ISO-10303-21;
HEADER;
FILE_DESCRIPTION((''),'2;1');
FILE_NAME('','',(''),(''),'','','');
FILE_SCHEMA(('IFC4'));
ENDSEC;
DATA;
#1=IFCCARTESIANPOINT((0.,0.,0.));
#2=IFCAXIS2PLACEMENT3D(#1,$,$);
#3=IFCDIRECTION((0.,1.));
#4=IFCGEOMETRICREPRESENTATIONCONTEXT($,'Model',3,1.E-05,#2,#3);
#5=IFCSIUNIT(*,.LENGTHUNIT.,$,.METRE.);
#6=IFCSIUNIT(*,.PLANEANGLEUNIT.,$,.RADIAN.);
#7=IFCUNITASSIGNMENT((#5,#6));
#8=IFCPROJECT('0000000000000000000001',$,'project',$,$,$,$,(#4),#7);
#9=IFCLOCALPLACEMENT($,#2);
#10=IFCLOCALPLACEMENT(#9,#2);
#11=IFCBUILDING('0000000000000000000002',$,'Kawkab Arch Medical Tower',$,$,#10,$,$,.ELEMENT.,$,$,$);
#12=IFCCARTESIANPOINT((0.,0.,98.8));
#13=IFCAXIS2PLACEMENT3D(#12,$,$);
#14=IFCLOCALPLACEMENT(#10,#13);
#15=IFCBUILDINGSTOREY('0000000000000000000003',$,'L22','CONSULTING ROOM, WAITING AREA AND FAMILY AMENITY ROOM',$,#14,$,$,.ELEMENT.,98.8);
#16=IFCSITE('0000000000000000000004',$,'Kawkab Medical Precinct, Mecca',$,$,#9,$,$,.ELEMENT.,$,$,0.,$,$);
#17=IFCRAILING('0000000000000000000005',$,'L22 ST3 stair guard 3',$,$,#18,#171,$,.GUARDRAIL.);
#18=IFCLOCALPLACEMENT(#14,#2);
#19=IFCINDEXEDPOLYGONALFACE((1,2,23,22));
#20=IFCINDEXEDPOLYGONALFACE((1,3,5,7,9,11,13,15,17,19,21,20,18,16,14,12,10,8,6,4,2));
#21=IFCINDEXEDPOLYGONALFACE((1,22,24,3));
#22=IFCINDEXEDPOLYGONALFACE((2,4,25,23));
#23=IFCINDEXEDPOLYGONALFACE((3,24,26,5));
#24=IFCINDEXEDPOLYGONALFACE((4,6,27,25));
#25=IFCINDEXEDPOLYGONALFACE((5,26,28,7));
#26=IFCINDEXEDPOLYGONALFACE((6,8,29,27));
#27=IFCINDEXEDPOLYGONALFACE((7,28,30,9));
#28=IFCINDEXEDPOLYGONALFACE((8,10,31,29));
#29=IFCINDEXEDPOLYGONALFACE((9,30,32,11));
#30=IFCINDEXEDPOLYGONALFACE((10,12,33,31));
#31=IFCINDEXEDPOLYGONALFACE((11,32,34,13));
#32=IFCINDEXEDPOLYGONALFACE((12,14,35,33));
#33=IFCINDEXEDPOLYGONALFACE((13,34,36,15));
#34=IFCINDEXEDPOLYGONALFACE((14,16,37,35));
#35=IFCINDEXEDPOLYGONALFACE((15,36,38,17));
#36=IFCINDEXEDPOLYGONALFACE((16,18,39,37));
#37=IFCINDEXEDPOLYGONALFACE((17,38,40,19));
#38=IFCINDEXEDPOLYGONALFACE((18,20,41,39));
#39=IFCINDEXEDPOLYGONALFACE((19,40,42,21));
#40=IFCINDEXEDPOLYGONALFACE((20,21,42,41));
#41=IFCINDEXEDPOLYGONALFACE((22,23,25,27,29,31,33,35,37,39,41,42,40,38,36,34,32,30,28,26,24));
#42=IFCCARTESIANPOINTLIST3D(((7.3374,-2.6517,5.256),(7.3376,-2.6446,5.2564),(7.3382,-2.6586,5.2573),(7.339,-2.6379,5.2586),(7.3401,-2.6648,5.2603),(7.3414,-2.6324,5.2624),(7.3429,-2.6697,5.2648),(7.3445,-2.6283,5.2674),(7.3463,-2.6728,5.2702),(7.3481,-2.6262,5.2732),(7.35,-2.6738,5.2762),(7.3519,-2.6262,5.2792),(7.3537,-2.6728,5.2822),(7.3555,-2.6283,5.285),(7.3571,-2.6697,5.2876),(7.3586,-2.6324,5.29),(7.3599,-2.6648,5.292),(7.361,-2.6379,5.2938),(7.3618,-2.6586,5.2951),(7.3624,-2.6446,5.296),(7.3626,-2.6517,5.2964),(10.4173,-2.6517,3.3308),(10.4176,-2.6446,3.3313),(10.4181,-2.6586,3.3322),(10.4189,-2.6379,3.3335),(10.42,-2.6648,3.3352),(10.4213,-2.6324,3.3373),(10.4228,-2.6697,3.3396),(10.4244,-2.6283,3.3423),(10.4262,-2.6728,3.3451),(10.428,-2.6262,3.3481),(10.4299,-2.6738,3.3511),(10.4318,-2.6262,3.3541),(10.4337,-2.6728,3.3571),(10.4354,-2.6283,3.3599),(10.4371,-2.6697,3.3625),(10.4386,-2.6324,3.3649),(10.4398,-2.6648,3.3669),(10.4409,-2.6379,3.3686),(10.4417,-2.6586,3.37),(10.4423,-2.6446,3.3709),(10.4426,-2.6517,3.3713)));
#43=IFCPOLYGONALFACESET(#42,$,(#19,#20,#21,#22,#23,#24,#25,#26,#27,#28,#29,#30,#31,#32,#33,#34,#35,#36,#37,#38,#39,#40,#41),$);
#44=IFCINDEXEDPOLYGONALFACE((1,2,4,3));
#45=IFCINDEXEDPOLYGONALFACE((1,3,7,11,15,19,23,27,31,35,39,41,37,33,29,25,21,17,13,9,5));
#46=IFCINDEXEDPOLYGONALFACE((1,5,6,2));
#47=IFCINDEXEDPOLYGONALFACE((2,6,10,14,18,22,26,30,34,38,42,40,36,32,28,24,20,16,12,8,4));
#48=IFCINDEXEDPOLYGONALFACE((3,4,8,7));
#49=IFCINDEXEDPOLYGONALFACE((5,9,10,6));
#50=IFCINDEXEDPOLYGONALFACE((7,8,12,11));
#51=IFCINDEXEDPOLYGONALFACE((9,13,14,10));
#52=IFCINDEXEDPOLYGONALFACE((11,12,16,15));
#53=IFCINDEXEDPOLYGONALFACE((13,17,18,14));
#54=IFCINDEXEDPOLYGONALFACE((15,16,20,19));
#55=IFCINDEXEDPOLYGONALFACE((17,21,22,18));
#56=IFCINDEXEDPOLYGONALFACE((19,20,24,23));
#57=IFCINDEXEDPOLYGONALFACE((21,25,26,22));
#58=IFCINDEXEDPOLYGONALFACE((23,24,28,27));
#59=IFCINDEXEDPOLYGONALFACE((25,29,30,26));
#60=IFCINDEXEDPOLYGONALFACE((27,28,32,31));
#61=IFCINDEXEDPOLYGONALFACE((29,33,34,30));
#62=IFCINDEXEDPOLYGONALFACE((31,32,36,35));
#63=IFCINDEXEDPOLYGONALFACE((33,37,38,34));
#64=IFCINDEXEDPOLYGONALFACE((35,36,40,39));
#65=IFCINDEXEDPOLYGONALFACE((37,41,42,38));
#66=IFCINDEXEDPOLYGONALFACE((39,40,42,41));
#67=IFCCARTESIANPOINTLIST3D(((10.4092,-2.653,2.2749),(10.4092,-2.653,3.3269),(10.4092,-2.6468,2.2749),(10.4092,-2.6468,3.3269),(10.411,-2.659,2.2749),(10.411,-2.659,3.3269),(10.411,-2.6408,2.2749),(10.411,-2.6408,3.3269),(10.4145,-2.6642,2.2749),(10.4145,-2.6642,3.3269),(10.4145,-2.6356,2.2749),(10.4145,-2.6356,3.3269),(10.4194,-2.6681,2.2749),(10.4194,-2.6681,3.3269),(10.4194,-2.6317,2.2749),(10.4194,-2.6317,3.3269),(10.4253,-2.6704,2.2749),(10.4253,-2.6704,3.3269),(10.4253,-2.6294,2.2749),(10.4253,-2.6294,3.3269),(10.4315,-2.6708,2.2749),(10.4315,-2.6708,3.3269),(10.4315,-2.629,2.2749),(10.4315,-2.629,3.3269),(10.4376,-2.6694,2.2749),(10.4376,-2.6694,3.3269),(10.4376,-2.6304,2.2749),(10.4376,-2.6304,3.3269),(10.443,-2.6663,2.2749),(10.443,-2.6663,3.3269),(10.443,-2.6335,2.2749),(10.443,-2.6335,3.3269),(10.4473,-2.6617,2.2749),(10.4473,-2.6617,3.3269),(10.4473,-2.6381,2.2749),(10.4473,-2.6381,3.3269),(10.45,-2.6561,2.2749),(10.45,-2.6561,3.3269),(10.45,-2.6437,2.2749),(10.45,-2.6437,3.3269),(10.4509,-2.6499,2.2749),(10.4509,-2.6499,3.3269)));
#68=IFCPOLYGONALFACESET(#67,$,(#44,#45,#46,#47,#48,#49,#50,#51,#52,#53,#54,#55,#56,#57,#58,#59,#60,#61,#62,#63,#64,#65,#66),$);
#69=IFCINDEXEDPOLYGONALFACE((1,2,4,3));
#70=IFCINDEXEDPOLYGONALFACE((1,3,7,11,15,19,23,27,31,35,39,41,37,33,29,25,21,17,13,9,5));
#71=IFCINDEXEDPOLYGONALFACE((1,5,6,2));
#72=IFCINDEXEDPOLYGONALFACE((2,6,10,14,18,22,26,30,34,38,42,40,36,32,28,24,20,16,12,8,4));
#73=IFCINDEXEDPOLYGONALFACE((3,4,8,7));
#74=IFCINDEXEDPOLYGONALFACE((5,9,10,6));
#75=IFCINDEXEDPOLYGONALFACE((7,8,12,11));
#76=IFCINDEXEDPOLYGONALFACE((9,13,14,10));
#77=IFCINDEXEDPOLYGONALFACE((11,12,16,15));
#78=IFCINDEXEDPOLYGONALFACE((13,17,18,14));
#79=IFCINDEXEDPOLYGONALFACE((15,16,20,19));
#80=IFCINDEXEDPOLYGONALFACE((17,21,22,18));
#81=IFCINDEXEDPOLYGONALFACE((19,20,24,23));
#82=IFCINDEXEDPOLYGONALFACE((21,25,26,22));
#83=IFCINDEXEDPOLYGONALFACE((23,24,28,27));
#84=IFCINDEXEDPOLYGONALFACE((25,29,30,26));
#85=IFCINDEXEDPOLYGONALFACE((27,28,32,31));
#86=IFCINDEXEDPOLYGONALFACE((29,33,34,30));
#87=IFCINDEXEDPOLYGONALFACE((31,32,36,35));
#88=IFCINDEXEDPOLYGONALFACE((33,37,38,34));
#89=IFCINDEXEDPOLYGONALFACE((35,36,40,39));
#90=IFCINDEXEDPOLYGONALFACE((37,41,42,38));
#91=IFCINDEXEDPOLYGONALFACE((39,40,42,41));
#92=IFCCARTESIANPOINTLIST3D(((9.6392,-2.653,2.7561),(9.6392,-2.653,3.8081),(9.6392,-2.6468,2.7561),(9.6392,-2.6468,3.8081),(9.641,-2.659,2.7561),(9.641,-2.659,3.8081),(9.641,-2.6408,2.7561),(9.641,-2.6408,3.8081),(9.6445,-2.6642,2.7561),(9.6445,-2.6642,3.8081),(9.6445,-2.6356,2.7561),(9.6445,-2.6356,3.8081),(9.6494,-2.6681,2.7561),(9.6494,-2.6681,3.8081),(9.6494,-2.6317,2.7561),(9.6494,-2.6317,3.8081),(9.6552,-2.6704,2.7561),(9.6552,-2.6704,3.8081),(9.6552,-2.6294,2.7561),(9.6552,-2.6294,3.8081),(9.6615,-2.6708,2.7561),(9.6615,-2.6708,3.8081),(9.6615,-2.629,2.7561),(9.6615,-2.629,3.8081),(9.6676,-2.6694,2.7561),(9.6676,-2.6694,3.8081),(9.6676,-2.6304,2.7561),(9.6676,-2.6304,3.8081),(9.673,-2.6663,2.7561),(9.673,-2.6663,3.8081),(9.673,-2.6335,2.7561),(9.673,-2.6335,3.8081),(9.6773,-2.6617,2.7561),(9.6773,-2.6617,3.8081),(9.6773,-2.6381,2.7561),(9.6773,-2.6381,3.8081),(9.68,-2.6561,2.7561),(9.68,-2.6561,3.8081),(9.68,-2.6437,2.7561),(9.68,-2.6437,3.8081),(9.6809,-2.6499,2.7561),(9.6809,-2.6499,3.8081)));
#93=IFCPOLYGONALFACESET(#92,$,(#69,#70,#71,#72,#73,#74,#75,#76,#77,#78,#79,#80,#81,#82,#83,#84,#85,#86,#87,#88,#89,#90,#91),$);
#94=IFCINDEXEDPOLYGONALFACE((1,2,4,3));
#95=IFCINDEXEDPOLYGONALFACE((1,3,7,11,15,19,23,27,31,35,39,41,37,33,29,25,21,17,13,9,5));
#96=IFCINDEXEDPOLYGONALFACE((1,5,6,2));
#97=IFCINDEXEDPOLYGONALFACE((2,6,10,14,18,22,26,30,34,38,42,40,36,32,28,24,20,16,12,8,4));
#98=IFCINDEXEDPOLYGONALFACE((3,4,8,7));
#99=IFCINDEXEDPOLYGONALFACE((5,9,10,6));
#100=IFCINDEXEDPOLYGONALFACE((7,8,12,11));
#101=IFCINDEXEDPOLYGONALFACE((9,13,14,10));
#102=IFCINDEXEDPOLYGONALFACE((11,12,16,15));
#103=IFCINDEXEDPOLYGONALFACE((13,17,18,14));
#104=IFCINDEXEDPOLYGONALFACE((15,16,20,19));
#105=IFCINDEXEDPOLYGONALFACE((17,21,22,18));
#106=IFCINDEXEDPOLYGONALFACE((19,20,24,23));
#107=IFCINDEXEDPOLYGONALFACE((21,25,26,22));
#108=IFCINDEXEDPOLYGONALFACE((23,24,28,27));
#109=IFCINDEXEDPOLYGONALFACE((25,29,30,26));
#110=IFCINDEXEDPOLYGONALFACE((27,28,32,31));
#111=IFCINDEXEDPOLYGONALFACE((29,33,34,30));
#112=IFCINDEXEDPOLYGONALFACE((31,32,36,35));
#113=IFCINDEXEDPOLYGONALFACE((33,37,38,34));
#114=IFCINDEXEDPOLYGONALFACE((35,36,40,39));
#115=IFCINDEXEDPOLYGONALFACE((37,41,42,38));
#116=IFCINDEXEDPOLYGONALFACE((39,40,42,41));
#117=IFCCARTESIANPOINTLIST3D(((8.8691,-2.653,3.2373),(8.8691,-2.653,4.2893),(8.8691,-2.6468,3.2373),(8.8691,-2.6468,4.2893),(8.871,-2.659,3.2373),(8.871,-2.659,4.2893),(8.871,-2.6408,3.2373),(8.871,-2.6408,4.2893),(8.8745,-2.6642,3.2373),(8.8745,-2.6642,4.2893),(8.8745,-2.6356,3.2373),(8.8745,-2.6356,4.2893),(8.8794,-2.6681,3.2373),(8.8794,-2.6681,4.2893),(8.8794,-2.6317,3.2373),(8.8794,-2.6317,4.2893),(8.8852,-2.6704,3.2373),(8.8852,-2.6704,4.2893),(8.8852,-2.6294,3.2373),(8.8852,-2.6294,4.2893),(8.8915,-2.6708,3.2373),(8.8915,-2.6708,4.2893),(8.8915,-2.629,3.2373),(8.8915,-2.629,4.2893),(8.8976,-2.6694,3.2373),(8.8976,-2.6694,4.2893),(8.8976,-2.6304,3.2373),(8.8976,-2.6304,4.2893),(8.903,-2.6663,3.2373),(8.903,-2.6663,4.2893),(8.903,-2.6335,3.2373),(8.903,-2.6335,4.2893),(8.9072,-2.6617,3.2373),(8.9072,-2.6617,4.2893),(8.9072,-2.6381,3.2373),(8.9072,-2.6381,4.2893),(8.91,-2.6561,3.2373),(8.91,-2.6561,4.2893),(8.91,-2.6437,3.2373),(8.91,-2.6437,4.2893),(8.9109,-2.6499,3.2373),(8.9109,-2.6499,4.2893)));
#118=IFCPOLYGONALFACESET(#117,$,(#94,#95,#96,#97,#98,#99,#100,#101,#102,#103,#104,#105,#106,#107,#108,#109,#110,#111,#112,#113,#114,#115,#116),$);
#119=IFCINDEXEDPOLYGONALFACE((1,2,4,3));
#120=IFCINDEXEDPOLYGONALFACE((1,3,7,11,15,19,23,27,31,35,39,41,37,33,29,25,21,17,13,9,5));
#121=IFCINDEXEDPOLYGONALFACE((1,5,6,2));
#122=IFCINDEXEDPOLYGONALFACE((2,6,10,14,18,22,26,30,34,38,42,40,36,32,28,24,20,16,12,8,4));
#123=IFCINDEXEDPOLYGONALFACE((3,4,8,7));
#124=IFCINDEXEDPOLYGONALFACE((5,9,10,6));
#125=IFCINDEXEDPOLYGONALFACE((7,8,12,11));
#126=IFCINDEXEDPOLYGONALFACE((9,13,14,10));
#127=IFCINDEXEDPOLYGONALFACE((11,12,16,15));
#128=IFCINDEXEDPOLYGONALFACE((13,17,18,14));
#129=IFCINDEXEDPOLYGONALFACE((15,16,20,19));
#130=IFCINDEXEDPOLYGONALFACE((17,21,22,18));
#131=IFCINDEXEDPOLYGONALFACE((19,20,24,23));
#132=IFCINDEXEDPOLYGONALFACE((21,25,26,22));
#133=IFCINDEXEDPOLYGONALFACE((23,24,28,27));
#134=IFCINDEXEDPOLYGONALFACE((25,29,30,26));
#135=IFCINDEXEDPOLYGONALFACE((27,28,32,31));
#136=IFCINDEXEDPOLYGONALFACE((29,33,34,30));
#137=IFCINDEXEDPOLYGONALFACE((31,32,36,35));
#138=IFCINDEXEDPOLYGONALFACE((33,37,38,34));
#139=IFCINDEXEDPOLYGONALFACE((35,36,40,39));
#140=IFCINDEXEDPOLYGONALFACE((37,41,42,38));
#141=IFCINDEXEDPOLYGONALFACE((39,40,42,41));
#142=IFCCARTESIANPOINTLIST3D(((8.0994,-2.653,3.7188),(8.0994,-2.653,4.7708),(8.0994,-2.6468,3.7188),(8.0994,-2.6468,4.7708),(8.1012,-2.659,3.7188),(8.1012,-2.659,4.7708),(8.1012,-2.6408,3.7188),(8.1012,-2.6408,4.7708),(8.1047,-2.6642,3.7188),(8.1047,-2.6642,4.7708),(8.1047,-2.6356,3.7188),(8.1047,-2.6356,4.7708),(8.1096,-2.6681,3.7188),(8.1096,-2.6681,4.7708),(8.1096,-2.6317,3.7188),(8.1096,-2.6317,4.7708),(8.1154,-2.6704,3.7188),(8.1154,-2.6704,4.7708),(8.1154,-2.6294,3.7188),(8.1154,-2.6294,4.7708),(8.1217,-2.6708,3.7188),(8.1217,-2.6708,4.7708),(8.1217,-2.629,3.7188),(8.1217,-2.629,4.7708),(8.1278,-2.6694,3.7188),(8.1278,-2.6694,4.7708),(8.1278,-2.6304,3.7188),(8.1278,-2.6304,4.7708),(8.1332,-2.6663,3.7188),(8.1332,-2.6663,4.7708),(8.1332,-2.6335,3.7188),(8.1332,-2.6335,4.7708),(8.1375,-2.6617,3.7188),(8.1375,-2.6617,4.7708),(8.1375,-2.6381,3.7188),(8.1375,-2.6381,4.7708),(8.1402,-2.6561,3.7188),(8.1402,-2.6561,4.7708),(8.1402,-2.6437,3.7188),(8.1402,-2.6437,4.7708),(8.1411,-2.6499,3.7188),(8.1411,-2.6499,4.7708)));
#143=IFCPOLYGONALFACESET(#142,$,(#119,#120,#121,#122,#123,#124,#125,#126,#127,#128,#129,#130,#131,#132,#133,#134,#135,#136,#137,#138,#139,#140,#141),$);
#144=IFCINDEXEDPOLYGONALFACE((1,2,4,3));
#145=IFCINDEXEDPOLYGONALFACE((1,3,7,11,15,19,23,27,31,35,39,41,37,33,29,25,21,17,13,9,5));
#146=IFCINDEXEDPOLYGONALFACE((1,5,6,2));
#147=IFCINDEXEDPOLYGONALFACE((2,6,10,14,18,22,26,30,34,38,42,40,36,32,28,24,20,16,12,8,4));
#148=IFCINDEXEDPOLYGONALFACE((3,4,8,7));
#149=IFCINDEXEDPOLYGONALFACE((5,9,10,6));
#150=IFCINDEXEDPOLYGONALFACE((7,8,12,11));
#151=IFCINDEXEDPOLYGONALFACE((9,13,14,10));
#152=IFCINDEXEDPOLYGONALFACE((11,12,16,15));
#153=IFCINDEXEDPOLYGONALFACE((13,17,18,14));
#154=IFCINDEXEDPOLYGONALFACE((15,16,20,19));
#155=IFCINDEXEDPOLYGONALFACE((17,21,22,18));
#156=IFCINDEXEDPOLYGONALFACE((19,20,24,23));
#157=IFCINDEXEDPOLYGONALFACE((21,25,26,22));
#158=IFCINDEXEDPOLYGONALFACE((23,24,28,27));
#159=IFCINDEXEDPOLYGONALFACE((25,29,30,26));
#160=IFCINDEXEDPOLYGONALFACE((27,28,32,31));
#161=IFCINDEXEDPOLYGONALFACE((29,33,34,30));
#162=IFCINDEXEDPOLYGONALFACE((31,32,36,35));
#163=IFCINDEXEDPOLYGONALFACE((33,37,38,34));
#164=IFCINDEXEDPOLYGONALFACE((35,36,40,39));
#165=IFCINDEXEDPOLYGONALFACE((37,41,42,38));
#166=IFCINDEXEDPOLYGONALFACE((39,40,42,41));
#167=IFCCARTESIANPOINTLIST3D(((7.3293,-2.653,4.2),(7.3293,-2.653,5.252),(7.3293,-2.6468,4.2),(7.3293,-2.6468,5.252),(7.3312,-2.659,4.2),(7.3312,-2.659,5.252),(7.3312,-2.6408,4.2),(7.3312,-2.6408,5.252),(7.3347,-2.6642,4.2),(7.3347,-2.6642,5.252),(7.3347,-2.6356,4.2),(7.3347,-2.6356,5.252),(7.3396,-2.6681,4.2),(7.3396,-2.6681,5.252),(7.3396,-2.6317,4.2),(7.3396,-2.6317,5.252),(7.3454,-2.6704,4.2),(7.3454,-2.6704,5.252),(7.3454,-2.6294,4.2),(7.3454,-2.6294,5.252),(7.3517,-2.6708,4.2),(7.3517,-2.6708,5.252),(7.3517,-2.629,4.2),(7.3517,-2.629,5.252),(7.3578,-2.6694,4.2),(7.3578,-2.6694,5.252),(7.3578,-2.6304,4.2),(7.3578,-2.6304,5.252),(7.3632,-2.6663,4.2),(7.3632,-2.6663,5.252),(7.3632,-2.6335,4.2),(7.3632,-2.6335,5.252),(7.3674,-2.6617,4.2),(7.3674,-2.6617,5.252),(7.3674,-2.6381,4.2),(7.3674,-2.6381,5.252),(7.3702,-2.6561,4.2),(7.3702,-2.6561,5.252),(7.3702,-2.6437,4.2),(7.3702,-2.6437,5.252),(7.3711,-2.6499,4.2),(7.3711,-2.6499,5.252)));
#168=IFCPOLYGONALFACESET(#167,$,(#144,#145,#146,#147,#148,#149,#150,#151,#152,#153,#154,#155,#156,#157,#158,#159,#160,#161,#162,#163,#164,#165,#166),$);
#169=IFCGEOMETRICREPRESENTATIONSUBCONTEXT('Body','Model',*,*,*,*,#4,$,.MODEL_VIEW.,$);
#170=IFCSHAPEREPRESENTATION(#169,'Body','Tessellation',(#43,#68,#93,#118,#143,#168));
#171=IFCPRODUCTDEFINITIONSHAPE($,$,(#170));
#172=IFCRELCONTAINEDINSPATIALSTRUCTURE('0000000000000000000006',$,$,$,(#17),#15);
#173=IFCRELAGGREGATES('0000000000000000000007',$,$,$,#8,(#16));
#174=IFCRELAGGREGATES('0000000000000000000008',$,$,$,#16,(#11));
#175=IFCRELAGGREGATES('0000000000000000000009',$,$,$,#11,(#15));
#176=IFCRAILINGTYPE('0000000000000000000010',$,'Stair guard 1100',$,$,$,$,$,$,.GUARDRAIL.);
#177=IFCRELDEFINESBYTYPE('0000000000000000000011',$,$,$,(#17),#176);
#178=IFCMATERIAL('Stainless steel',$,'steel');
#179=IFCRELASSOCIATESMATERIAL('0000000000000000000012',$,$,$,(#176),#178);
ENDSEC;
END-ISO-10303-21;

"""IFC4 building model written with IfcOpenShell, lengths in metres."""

from ifc_helpers import new_model, si_unit, direction, frame, origin, origin_2d, place, context, subcontext, project, spatial, circle, extrude, material, type_object, element, save


model = new_model("IFC4")

# Units and contexts
model_context = context("Model", 3, precision=1e-05, world=origin(), true_north=direction((0.0, 1.0)))
body_context = subcontext(model_context, "Body", "Model", "MODEL_VIEW")
ifc_project = project(units=[si_unit("LENGTHUNIT", "METRE"), si_unit("PLANEANGLEUNIT", "RADIAN")], contexts=[model_context])

# Site, building, storey
site_placement = place(None, origin())
site = spatial("IfcSite", under=ifc_project, at=site_placement, Name="Kawkab Medical Precinct, Mecca", CompositionType="ELEMENT", RefElevation=0.0)
building_placement = place(site_placement, origin())
building = spatial("IfcBuilding", under=site, at=building_placement, Name="Kawkab Arch Medical Tower", CompositionType="ELEMENT")
storey_placement = place(building_placement, frame((0.0, 0.0, 98.8)))
storey = spatial("IfcBuildingStorey", under=building, at=storey_placement, Name="L22", Description="CONSULTING ROOM, WAITING AREA AND FAMILY AMENITY ROOM", CompositionType="ELEMENT", Elevation=98.8)

# Railing
ifc_material_1 = material(Name="Stainless steel", Category="steel")
railing_type = type_object("IfcRailingType", Name="Stair guard 1100", PredefinedType="GUARDRAIL", material=ifc_material_1)
railing_1_placement = place(storey_placement, frame((10.4299, -2.6499, 2.2749)))
element("IfcRailing", 1, at=railing_1_placement, inside=storey, type_object=railing_type, Name="L22 ST3 stair guard 3", PredefinedType="GUARDRAIL", context=body_context, shape_type="SweptSolid", body=[
    extrude(circle(Radius=0.0239, at=origin_2d()), frame((0.0, 0.0, 1.0762), z_axis=(-0.847979, 0.0, 0.530029), x_axis=(0.0, -1.0, 0.0)), (0.0, 0.0, 1.0), 3.6321),
    extrude(circle(Radius=0.021, at=origin_2d()), origin(), (0.0, 0.0, 1.0), 1.052),
    extrude(circle(Radius=0.021, at=origin_2d()), frame((-0.77, 0.0, 0.4812)), (0.0, 0.0, 1.0), 1.052),
    extrude(circle(Radius=0.021, at=origin_2d()), frame((-1.54, 0.0, 0.9624)), (0.0, 0.0, 1.0), 1.052),
    extrude(circle(Radius=0.021, at=origin_2d()), frame((-2.3098, 0.0, 1.4438)), (0.0, 0.0, 1.0), 1.052),
    extrude(circle(Radius=0.021, at=origin_2d()), frame((-3.0798, 0.0, 1.925)), (0.0, 0.0, 1.0), 1.052),
])

save(model, "model.ifc")
